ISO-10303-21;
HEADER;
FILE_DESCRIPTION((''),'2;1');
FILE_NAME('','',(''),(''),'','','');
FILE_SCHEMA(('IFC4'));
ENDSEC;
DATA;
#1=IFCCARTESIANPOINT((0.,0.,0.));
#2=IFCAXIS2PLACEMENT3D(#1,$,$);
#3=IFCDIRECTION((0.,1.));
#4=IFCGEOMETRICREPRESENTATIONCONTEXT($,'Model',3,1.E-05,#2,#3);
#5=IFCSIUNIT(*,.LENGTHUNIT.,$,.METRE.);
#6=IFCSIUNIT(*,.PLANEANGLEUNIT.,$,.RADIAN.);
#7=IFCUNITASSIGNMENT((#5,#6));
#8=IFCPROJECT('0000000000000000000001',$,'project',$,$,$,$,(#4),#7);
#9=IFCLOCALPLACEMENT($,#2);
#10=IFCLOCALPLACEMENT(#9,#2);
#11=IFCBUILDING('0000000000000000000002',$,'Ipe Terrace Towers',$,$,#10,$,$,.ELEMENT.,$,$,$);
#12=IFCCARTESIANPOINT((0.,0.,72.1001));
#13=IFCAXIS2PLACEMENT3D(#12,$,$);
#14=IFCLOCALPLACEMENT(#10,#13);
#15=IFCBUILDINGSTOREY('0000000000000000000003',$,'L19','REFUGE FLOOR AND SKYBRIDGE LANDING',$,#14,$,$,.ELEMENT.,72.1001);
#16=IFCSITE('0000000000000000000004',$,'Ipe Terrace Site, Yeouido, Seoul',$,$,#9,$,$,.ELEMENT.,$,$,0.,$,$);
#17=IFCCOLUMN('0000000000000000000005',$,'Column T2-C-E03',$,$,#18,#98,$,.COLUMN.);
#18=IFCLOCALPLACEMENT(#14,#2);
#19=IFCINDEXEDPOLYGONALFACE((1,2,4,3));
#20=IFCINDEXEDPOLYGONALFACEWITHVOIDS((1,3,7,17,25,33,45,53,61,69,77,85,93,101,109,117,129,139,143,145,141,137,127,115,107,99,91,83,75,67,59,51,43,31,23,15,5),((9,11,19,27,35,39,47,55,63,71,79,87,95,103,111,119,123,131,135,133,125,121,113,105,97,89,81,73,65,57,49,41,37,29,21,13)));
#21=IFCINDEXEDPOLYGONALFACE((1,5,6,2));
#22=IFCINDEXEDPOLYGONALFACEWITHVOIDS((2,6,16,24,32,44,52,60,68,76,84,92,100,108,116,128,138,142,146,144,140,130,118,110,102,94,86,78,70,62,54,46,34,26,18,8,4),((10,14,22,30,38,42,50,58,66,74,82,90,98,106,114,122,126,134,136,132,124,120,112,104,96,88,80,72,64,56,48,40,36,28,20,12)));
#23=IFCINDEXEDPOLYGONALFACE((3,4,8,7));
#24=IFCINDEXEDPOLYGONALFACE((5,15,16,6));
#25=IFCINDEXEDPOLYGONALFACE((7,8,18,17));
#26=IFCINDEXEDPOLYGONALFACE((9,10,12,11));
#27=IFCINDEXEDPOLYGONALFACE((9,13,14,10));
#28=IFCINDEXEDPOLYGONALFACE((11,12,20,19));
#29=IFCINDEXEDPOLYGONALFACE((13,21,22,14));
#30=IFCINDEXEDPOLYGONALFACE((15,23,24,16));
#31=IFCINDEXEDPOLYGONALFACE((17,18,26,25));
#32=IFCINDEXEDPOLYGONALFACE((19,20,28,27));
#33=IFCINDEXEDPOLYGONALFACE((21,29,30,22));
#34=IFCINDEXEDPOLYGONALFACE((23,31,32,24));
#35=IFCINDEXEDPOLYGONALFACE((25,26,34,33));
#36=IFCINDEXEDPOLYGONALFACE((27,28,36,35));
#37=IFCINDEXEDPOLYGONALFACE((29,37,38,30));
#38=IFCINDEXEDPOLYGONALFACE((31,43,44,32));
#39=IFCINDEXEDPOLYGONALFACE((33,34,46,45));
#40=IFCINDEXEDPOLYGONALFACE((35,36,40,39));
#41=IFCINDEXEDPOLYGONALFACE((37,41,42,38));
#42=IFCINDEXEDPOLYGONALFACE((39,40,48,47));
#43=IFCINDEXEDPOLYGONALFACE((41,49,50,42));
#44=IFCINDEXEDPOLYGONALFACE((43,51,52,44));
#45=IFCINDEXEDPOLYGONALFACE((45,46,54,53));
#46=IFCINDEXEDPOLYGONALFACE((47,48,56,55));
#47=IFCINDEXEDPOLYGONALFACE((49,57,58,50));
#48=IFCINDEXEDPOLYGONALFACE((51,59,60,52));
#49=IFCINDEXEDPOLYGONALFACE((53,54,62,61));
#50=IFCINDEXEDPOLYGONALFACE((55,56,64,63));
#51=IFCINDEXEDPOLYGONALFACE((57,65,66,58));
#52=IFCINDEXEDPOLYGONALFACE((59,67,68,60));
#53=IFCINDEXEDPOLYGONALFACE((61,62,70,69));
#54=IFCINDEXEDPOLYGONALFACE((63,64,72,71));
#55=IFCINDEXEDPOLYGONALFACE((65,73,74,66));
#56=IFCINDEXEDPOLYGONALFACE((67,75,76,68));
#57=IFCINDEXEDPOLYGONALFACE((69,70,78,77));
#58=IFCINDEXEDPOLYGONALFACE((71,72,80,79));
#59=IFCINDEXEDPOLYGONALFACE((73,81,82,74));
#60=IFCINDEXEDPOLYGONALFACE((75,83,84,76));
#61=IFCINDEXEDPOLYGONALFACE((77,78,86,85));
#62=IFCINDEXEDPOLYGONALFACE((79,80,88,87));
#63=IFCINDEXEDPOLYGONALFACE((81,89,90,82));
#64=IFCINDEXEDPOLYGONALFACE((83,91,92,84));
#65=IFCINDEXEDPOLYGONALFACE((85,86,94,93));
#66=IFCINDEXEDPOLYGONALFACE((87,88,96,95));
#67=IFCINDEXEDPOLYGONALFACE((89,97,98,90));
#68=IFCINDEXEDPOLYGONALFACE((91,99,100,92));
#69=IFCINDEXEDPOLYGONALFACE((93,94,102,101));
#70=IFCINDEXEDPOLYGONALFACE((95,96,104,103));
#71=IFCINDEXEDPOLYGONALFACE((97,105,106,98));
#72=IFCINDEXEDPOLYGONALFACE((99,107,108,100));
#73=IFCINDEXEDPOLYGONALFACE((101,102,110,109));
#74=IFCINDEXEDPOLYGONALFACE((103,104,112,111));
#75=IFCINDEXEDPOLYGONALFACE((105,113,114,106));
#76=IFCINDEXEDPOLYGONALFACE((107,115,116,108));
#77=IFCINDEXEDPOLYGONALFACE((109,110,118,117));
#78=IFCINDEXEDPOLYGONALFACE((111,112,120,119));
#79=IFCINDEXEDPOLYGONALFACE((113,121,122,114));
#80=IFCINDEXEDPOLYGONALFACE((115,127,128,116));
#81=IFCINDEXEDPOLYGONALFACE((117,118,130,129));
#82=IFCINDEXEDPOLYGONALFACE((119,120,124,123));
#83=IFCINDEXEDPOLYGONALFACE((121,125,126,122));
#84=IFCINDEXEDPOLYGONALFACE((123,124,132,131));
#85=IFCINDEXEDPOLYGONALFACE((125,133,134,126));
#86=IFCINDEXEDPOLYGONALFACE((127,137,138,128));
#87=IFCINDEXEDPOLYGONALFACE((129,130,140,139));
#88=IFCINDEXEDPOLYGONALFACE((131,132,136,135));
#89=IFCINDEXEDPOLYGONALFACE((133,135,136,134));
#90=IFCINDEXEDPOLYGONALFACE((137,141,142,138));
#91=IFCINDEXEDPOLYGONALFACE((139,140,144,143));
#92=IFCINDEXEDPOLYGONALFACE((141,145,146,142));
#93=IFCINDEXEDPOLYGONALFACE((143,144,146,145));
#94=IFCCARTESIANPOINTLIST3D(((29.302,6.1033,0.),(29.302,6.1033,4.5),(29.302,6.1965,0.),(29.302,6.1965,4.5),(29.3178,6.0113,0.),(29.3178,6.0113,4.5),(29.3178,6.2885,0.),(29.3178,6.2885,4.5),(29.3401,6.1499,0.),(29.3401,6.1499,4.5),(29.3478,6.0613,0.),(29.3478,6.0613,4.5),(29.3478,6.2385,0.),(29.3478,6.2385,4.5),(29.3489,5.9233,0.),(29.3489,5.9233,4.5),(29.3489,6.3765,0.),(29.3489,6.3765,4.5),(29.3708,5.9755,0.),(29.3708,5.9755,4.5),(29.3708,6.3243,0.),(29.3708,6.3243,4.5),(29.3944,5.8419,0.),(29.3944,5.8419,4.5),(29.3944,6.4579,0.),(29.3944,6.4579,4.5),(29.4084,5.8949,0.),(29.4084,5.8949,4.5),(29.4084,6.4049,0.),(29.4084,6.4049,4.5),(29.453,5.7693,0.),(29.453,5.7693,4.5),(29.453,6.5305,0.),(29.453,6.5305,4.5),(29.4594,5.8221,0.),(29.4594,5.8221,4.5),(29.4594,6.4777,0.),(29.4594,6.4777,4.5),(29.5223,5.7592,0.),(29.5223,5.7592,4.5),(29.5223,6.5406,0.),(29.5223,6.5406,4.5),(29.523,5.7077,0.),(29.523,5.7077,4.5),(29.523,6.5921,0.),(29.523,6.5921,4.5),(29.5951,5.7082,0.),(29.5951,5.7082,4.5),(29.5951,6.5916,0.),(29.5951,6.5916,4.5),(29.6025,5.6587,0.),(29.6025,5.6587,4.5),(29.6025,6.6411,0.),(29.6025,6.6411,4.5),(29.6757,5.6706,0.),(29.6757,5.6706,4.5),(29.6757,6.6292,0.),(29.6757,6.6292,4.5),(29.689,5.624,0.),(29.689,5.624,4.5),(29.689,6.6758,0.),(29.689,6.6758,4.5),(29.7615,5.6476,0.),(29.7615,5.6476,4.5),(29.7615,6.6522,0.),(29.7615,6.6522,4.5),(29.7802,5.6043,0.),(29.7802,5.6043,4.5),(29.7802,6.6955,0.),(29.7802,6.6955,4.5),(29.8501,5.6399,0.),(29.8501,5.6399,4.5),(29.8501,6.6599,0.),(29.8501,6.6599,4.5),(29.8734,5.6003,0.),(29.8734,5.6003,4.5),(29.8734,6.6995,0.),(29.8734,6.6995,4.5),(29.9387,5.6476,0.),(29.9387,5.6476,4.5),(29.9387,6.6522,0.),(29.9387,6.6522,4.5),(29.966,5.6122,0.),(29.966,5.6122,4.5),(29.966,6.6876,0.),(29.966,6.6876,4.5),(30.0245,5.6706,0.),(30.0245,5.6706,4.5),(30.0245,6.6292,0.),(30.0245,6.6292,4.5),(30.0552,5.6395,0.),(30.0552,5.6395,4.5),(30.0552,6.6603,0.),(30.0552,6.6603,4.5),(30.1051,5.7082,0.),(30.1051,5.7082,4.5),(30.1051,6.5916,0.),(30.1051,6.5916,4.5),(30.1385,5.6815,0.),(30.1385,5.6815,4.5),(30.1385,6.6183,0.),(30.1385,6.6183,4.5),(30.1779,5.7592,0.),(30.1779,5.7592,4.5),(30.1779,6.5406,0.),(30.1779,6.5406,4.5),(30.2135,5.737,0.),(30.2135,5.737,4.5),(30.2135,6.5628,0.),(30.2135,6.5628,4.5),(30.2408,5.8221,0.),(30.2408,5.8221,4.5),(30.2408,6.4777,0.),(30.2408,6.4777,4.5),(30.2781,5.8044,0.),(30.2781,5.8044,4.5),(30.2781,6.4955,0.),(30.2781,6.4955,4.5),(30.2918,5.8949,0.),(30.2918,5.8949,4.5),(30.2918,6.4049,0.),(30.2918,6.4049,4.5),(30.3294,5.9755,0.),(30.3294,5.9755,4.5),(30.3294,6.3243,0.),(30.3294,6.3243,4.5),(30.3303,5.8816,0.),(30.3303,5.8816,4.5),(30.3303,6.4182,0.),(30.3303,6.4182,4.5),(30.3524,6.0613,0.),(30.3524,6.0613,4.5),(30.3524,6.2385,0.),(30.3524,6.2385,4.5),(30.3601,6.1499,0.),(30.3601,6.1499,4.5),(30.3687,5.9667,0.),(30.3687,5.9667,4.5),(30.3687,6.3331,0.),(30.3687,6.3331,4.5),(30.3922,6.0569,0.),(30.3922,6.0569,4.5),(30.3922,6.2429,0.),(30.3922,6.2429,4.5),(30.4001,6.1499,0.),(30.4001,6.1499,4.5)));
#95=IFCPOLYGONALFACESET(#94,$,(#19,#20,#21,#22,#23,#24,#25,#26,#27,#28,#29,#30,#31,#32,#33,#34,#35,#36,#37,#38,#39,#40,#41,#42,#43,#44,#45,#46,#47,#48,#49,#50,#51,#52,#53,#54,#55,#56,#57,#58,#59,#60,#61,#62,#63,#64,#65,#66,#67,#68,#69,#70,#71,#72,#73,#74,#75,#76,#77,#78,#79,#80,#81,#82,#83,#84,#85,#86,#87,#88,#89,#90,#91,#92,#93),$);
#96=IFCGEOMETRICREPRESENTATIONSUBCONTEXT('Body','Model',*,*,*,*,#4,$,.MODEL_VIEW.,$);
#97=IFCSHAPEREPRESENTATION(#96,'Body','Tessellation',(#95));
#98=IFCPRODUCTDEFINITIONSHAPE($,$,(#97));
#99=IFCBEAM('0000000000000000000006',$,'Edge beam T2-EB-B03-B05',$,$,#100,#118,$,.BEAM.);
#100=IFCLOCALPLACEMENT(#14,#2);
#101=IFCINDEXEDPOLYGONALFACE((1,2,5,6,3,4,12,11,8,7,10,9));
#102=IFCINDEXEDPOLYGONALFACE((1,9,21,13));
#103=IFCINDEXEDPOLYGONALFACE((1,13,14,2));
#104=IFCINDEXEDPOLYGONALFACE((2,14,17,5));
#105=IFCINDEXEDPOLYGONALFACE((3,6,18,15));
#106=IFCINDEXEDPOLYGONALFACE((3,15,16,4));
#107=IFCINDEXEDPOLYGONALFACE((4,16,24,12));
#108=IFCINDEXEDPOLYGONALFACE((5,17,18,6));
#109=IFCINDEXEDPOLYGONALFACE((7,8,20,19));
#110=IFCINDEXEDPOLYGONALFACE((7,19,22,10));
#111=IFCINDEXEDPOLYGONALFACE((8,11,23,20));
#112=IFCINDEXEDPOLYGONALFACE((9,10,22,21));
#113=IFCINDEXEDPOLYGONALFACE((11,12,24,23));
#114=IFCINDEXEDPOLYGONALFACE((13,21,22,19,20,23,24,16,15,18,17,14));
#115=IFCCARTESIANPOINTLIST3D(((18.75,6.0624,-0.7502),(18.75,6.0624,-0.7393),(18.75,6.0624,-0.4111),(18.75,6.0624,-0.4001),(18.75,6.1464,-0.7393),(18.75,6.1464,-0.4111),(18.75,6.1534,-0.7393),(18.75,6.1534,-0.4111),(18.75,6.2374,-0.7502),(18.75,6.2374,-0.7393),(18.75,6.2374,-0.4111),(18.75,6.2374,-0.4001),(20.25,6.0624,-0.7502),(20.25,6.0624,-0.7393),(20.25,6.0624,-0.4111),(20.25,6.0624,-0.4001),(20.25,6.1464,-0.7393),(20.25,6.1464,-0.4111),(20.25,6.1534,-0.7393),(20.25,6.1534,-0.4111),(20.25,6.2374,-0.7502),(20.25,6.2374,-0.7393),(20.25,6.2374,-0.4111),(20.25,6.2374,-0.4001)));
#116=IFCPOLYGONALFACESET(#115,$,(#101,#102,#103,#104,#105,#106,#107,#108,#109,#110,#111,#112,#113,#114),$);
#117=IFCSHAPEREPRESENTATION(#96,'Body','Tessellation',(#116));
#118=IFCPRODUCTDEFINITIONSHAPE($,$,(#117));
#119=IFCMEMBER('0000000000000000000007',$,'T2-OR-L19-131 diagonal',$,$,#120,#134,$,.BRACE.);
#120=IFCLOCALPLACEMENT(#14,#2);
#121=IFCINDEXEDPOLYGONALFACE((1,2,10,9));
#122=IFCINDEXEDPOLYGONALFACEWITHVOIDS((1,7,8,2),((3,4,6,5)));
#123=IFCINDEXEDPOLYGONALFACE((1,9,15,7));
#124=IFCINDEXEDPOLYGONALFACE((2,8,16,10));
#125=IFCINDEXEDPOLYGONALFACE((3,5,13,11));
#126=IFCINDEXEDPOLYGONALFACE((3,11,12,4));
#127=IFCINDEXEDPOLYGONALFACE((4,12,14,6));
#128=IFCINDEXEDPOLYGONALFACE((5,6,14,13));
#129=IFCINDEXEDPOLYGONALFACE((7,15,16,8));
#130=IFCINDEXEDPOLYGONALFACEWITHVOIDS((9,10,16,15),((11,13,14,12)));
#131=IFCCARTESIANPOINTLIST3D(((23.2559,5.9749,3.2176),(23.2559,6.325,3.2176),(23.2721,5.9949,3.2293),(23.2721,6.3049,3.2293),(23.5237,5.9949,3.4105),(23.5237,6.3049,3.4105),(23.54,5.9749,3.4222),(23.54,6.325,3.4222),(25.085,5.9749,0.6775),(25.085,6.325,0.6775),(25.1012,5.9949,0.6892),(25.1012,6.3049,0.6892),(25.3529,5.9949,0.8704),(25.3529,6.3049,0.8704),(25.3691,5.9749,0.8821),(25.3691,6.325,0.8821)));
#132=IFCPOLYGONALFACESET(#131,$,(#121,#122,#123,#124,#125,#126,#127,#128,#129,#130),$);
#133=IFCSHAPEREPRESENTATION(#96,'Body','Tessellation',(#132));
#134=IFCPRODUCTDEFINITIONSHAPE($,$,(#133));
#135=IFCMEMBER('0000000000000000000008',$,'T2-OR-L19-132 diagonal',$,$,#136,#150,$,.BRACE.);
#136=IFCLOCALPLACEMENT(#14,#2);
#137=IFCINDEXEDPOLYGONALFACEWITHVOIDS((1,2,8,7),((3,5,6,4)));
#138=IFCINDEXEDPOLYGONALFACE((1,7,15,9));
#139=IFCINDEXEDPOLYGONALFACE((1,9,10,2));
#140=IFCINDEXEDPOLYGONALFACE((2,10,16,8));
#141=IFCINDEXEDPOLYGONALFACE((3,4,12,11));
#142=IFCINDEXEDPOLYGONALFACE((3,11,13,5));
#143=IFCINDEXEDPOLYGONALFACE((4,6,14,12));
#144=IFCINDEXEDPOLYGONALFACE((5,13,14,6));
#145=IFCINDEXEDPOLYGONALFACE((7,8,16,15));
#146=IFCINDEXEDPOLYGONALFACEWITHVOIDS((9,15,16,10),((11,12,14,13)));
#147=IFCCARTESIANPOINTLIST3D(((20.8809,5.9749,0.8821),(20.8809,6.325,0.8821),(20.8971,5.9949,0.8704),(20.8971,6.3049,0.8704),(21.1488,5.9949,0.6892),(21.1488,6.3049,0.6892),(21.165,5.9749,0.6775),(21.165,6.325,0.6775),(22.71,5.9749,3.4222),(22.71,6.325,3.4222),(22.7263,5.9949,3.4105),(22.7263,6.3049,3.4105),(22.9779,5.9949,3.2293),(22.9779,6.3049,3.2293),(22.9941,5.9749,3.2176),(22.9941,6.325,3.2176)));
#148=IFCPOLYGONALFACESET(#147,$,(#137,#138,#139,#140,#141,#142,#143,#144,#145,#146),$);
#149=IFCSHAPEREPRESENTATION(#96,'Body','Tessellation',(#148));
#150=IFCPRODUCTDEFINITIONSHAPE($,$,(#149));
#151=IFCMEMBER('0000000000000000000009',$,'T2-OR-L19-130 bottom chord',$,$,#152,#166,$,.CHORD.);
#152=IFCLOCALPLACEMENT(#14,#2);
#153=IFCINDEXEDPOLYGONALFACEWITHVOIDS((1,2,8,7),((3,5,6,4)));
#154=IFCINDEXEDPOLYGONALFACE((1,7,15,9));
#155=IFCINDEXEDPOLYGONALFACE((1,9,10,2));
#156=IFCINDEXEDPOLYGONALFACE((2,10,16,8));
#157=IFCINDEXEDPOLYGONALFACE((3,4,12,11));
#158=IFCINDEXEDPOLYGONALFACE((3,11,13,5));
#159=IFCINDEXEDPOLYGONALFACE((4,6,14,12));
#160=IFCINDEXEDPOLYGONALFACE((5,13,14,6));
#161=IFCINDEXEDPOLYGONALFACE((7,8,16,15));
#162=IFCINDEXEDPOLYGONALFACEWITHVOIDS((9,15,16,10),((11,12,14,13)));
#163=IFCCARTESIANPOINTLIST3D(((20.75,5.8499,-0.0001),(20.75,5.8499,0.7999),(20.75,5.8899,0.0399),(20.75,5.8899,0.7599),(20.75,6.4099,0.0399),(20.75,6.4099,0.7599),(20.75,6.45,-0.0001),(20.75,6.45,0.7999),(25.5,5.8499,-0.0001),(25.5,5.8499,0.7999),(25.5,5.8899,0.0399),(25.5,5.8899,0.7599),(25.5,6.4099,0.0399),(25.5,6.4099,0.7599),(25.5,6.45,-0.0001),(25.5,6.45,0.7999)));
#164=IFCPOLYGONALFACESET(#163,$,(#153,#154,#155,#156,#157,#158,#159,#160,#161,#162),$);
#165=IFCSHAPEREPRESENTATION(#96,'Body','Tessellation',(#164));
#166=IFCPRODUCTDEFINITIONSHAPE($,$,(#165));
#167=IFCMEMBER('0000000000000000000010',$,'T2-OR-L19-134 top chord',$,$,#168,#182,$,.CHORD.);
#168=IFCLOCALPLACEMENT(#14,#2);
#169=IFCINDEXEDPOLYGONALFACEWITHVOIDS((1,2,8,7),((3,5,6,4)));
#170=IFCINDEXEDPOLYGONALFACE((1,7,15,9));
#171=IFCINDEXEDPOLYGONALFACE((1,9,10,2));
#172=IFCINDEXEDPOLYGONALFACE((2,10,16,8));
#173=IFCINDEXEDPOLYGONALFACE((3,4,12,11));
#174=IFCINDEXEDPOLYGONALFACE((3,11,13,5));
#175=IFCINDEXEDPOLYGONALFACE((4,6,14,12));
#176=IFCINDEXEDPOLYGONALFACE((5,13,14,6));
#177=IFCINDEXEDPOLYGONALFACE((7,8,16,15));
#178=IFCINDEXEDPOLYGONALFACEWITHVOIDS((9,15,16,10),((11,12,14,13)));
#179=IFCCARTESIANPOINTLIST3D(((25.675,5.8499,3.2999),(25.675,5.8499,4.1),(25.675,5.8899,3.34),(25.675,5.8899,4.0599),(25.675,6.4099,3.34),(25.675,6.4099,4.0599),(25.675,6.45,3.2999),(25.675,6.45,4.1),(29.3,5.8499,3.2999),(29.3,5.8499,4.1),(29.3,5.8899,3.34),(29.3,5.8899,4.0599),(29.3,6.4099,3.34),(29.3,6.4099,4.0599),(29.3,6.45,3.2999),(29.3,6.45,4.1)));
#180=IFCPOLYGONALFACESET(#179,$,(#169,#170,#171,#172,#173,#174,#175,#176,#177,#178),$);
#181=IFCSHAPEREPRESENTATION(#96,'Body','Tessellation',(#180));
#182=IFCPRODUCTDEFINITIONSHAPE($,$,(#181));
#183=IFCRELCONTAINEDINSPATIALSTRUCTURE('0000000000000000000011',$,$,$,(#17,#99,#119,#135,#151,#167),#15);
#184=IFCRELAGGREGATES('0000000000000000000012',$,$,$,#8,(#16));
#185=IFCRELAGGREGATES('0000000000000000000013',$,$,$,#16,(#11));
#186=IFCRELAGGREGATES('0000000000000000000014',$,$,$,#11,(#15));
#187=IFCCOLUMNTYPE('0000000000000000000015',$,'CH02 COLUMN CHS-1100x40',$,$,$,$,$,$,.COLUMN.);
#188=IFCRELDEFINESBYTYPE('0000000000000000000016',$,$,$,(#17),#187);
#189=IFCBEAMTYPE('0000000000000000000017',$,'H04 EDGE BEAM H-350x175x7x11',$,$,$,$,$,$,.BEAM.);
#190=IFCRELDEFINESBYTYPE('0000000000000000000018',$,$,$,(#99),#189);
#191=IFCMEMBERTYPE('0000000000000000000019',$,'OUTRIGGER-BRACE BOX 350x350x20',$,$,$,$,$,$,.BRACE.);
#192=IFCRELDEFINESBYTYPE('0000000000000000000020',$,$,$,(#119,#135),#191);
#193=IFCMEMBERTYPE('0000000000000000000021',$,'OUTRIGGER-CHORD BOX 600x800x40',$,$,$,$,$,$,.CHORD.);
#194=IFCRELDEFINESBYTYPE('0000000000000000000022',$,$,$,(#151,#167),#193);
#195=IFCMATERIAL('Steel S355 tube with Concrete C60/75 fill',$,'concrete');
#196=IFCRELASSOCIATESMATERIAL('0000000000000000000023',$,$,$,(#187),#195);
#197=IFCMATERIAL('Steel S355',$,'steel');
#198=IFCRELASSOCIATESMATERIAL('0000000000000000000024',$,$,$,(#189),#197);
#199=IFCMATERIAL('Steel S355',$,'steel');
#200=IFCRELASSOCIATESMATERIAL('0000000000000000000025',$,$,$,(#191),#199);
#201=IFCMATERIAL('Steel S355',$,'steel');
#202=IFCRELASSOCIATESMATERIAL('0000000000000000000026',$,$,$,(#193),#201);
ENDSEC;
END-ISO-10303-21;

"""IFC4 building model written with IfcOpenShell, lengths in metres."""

from ifc_helpers import new_model, si_unit, direction, frame, origin, origin_2d, place, context, subcontext, project, spatial, hollow_rectangle, hollow_circle, i_section, extrude, material, material_profile, profile_set, type_object, element, save


model = new_model("IFC4")

# Units and contexts
model_context = context("Model", 3, precision=1e-05, world=origin(), true_north=direction((0.0, 1.0)))
body_context = subcontext(model_context, "Body", "Model", "MODEL_VIEW")
ifc_project = project(units=[si_unit("LENGTHUNIT", "METRE"), si_unit("PLANEANGLEUNIT", "RADIAN")], contexts=[model_context])

# Site, building, storey
site_placement = place(None, origin())
site = spatial("IfcSite", under=ifc_project, at=site_placement, Name="Ipe Terrace Site, Yeouido, Seoul", CompositionType="ELEMENT", RefElevation=0.0)
building_placement = place(site_placement, origin())
building = spatial("IfcBuilding", under=site, at=building_placement, Name="Ipe Terrace Towers", CompositionType="ELEMENT")
storey_placement = place(building_placement, frame((0.0, 0.0, 72.1001)))
storey = spatial("IfcBuildingStorey", under=building, at=storey_placement, Name="L19", Description="REFUGE FLOOR AND SKYBRIDGE LANDING", CompositionType="ELEMENT", Elevation=72.1001)

# Column
ifc_material_1 = material(Name="Steel S355 tube with Concrete C60/75 fill", Category="concrete")
ifc_material_profile_1 = material_profile(ifc_material_1, hollow_circle(Radius=0.55, WallThickness=0.04, at=origin_2d()), Name="CHS-1100x40")
ifc_profile_set_1 = profile_set([ifc_material_profile_1], Name="Steel S355 tube with Concrete C60/75 fill")
column_type_1 = type_object("IfcColumnType", Name="CH02 COLUMN CHS-1100x40", PredefinedType="COLUMN", material=ifc_profile_set_1)
column_placement = place(storey_placement, frame((29.8501, 6.1499, 0.0), z_axis=(0.0, 0.0, 1.0), x_axis=(1.0, 0.0, 0.0)))
element("IfcColumn", 1, at=column_placement, inside=storey, type_object=column_type_1, Name="Column T2-C-E03", PredefinedType="COLUMN", context=body_context, shape_type="SweptSolid", body=[
    extrude(hollow_circle(Radius=0.55, WallThickness=0.04, at=origin_2d()), origin(), (0.0, 0.0, 1.0), 4.5),
])

# Beam
ifc_material_2 = material(Name="Steel S355", Category="steel")
ifc_material_profile_2 = material_profile(ifc_material_2, i_section(OverallWidth=0.175, OverallDepth=0.3501, WebThickness=0.0071, FlangeThickness=0.011, at=origin_2d()), Name="H-350x175x7x11")
ifc_profile_set_2 = profile_set([ifc_material_profile_2], Name="Steel S355")
beam_type = type_object("IfcBeamType", Name="H04 EDGE BEAM H-350x175x7x11", PredefinedType="BEAM", material=ifc_profile_set_2)
beam_placement = place(storey_placement, frame((20.25, 6.1499, -0.5752), z_axis=(-1.0, 0.0, 0.0), x_axis=(0.0, -1.0, 0.0)))
element("IfcBeam", 2, at=beam_placement, inside=storey, type_object=beam_type, Name="Edge beam T2-EB-B03-B05", PredefinedType="BEAM", context=body_context, shape_type="SweptSolid", body=[
    extrude(i_section(OverallWidth=0.175, OverallDepth=0.3501, WebThickness=0.0071, FlangeThickness=0.011, at=origin_2d()), origin(), (0.0, 0.0, 1.0), 1.5),
])

# Members
ifc_material_3 = material(Name="Steel S355", Category="steel")
ifc_material_profile_3 = material_profile(ifc_material_3, hollow_rectangle(XDim=0.3501, YDim=0.3501, WallThickness=0.02, at=origin_2d()), Name="OUTRIGGER-BRACE BOX 350x350x20")
ifc_profile_set_3 = profile_set([ifc_material_profile_3], Name="Steel S355")
member_type_1 = type_object("IfcMemberType", Name="OUTRIGGER-BRACE BOX 350x350x20", PredefinedType="BRACE", material=ifc_profile_set_3)
for number, where, z_axis, x_axis, name in (
    (3, (25.2271, 6.1499, 0.7798), (-0.584362, 0.0, 0.811493), (0.0, -1.0, 0.0), "T2-OR-L19-131 diagonal"),
    (4, (21.0229, 6.1499, 0.7798), (0.584362, 0.0, 0.811493), (0.0, 1.0, 0.0), "T2-OR-L19-132 diagonal"),
):
    element("IfcMember", number, at=place(storey_placement, frame(where, z_axis=z_axis, x_axis=x_axis)), inside=storey, type_object=member_type_1, Name=name, PredefinedType="BRACE", context=body_context, shape_type="SweptSolid", body=[
        extrude(hollow_rectangle(XDim=0.3501, YDim=0.3501, WallThickness=0.02, at=origin_2d()), origin(), (0.0, 0.0, 1.0), 3.1301),
    ])
ifc_material_4 = material(Name="Steel S355", Category="steel")
ifc_material_profile_4 = material_profile(ifc_material_4, hollow_rectangle(XDim=0.6001, YDim=0.8, WallThickness=0.04, at=origin_2d()), Name="OUTRIGGER-CHORD BOX 600x800x40")
ifc_profile_set_4 = profile_set([ifc_material_profile_4], Name="Steel S355")
member_type_2 = type_object("IfcMemberType", Name="OUTRIGGER-CHORD BOX 600x800x40", PredefinedType="CHORD", material=ifc_profile_set_4)
member_1_placement = place(storey_placement, frame((25.5, 6.1499, 0.3999), z_axis=(-1.0, 0.0, 0.0), x_axis=(0.0, -1.0, 0.0)))
element("IfcMember", 5, at=member_1_placement, inside=storey, type_object=member_type_2, Name="T2-OR-L19-130 bottom chord", PredefinedType="CHORD", context=body_context, shape_type="SweptSolid", body=[
    extrude(hollow_rectangle(XDim=0.6001, YDim=0.8, WallThickness=0.04, at=origin_2d()), origin(), (0.0, 0.0, 1.0), 4.75),
])
member_2_placement = place(storey_placement, frame((29.3, 6.1499, 3.7), z_axis=(-1.0, 0.0, 0.0), x_axis=(0.0, -1.0, 0.0)))
element("IfcMember", 6, at=member_2_placement, inside=storey, type_object=member_type_2, Name="T2-OR-L19-134 top chord", PredefinedType="CHORD", context=body_context, shape_type="SweptSolid", body=[
    extrude(hollow_rectangle(XDim=0.6001, YDim=0.8, WallThickness=0.04, at=origin_2d()), origin(), (0.0, 0.0, 1.0), 3.625),
])

save(model, "model.ifc")
